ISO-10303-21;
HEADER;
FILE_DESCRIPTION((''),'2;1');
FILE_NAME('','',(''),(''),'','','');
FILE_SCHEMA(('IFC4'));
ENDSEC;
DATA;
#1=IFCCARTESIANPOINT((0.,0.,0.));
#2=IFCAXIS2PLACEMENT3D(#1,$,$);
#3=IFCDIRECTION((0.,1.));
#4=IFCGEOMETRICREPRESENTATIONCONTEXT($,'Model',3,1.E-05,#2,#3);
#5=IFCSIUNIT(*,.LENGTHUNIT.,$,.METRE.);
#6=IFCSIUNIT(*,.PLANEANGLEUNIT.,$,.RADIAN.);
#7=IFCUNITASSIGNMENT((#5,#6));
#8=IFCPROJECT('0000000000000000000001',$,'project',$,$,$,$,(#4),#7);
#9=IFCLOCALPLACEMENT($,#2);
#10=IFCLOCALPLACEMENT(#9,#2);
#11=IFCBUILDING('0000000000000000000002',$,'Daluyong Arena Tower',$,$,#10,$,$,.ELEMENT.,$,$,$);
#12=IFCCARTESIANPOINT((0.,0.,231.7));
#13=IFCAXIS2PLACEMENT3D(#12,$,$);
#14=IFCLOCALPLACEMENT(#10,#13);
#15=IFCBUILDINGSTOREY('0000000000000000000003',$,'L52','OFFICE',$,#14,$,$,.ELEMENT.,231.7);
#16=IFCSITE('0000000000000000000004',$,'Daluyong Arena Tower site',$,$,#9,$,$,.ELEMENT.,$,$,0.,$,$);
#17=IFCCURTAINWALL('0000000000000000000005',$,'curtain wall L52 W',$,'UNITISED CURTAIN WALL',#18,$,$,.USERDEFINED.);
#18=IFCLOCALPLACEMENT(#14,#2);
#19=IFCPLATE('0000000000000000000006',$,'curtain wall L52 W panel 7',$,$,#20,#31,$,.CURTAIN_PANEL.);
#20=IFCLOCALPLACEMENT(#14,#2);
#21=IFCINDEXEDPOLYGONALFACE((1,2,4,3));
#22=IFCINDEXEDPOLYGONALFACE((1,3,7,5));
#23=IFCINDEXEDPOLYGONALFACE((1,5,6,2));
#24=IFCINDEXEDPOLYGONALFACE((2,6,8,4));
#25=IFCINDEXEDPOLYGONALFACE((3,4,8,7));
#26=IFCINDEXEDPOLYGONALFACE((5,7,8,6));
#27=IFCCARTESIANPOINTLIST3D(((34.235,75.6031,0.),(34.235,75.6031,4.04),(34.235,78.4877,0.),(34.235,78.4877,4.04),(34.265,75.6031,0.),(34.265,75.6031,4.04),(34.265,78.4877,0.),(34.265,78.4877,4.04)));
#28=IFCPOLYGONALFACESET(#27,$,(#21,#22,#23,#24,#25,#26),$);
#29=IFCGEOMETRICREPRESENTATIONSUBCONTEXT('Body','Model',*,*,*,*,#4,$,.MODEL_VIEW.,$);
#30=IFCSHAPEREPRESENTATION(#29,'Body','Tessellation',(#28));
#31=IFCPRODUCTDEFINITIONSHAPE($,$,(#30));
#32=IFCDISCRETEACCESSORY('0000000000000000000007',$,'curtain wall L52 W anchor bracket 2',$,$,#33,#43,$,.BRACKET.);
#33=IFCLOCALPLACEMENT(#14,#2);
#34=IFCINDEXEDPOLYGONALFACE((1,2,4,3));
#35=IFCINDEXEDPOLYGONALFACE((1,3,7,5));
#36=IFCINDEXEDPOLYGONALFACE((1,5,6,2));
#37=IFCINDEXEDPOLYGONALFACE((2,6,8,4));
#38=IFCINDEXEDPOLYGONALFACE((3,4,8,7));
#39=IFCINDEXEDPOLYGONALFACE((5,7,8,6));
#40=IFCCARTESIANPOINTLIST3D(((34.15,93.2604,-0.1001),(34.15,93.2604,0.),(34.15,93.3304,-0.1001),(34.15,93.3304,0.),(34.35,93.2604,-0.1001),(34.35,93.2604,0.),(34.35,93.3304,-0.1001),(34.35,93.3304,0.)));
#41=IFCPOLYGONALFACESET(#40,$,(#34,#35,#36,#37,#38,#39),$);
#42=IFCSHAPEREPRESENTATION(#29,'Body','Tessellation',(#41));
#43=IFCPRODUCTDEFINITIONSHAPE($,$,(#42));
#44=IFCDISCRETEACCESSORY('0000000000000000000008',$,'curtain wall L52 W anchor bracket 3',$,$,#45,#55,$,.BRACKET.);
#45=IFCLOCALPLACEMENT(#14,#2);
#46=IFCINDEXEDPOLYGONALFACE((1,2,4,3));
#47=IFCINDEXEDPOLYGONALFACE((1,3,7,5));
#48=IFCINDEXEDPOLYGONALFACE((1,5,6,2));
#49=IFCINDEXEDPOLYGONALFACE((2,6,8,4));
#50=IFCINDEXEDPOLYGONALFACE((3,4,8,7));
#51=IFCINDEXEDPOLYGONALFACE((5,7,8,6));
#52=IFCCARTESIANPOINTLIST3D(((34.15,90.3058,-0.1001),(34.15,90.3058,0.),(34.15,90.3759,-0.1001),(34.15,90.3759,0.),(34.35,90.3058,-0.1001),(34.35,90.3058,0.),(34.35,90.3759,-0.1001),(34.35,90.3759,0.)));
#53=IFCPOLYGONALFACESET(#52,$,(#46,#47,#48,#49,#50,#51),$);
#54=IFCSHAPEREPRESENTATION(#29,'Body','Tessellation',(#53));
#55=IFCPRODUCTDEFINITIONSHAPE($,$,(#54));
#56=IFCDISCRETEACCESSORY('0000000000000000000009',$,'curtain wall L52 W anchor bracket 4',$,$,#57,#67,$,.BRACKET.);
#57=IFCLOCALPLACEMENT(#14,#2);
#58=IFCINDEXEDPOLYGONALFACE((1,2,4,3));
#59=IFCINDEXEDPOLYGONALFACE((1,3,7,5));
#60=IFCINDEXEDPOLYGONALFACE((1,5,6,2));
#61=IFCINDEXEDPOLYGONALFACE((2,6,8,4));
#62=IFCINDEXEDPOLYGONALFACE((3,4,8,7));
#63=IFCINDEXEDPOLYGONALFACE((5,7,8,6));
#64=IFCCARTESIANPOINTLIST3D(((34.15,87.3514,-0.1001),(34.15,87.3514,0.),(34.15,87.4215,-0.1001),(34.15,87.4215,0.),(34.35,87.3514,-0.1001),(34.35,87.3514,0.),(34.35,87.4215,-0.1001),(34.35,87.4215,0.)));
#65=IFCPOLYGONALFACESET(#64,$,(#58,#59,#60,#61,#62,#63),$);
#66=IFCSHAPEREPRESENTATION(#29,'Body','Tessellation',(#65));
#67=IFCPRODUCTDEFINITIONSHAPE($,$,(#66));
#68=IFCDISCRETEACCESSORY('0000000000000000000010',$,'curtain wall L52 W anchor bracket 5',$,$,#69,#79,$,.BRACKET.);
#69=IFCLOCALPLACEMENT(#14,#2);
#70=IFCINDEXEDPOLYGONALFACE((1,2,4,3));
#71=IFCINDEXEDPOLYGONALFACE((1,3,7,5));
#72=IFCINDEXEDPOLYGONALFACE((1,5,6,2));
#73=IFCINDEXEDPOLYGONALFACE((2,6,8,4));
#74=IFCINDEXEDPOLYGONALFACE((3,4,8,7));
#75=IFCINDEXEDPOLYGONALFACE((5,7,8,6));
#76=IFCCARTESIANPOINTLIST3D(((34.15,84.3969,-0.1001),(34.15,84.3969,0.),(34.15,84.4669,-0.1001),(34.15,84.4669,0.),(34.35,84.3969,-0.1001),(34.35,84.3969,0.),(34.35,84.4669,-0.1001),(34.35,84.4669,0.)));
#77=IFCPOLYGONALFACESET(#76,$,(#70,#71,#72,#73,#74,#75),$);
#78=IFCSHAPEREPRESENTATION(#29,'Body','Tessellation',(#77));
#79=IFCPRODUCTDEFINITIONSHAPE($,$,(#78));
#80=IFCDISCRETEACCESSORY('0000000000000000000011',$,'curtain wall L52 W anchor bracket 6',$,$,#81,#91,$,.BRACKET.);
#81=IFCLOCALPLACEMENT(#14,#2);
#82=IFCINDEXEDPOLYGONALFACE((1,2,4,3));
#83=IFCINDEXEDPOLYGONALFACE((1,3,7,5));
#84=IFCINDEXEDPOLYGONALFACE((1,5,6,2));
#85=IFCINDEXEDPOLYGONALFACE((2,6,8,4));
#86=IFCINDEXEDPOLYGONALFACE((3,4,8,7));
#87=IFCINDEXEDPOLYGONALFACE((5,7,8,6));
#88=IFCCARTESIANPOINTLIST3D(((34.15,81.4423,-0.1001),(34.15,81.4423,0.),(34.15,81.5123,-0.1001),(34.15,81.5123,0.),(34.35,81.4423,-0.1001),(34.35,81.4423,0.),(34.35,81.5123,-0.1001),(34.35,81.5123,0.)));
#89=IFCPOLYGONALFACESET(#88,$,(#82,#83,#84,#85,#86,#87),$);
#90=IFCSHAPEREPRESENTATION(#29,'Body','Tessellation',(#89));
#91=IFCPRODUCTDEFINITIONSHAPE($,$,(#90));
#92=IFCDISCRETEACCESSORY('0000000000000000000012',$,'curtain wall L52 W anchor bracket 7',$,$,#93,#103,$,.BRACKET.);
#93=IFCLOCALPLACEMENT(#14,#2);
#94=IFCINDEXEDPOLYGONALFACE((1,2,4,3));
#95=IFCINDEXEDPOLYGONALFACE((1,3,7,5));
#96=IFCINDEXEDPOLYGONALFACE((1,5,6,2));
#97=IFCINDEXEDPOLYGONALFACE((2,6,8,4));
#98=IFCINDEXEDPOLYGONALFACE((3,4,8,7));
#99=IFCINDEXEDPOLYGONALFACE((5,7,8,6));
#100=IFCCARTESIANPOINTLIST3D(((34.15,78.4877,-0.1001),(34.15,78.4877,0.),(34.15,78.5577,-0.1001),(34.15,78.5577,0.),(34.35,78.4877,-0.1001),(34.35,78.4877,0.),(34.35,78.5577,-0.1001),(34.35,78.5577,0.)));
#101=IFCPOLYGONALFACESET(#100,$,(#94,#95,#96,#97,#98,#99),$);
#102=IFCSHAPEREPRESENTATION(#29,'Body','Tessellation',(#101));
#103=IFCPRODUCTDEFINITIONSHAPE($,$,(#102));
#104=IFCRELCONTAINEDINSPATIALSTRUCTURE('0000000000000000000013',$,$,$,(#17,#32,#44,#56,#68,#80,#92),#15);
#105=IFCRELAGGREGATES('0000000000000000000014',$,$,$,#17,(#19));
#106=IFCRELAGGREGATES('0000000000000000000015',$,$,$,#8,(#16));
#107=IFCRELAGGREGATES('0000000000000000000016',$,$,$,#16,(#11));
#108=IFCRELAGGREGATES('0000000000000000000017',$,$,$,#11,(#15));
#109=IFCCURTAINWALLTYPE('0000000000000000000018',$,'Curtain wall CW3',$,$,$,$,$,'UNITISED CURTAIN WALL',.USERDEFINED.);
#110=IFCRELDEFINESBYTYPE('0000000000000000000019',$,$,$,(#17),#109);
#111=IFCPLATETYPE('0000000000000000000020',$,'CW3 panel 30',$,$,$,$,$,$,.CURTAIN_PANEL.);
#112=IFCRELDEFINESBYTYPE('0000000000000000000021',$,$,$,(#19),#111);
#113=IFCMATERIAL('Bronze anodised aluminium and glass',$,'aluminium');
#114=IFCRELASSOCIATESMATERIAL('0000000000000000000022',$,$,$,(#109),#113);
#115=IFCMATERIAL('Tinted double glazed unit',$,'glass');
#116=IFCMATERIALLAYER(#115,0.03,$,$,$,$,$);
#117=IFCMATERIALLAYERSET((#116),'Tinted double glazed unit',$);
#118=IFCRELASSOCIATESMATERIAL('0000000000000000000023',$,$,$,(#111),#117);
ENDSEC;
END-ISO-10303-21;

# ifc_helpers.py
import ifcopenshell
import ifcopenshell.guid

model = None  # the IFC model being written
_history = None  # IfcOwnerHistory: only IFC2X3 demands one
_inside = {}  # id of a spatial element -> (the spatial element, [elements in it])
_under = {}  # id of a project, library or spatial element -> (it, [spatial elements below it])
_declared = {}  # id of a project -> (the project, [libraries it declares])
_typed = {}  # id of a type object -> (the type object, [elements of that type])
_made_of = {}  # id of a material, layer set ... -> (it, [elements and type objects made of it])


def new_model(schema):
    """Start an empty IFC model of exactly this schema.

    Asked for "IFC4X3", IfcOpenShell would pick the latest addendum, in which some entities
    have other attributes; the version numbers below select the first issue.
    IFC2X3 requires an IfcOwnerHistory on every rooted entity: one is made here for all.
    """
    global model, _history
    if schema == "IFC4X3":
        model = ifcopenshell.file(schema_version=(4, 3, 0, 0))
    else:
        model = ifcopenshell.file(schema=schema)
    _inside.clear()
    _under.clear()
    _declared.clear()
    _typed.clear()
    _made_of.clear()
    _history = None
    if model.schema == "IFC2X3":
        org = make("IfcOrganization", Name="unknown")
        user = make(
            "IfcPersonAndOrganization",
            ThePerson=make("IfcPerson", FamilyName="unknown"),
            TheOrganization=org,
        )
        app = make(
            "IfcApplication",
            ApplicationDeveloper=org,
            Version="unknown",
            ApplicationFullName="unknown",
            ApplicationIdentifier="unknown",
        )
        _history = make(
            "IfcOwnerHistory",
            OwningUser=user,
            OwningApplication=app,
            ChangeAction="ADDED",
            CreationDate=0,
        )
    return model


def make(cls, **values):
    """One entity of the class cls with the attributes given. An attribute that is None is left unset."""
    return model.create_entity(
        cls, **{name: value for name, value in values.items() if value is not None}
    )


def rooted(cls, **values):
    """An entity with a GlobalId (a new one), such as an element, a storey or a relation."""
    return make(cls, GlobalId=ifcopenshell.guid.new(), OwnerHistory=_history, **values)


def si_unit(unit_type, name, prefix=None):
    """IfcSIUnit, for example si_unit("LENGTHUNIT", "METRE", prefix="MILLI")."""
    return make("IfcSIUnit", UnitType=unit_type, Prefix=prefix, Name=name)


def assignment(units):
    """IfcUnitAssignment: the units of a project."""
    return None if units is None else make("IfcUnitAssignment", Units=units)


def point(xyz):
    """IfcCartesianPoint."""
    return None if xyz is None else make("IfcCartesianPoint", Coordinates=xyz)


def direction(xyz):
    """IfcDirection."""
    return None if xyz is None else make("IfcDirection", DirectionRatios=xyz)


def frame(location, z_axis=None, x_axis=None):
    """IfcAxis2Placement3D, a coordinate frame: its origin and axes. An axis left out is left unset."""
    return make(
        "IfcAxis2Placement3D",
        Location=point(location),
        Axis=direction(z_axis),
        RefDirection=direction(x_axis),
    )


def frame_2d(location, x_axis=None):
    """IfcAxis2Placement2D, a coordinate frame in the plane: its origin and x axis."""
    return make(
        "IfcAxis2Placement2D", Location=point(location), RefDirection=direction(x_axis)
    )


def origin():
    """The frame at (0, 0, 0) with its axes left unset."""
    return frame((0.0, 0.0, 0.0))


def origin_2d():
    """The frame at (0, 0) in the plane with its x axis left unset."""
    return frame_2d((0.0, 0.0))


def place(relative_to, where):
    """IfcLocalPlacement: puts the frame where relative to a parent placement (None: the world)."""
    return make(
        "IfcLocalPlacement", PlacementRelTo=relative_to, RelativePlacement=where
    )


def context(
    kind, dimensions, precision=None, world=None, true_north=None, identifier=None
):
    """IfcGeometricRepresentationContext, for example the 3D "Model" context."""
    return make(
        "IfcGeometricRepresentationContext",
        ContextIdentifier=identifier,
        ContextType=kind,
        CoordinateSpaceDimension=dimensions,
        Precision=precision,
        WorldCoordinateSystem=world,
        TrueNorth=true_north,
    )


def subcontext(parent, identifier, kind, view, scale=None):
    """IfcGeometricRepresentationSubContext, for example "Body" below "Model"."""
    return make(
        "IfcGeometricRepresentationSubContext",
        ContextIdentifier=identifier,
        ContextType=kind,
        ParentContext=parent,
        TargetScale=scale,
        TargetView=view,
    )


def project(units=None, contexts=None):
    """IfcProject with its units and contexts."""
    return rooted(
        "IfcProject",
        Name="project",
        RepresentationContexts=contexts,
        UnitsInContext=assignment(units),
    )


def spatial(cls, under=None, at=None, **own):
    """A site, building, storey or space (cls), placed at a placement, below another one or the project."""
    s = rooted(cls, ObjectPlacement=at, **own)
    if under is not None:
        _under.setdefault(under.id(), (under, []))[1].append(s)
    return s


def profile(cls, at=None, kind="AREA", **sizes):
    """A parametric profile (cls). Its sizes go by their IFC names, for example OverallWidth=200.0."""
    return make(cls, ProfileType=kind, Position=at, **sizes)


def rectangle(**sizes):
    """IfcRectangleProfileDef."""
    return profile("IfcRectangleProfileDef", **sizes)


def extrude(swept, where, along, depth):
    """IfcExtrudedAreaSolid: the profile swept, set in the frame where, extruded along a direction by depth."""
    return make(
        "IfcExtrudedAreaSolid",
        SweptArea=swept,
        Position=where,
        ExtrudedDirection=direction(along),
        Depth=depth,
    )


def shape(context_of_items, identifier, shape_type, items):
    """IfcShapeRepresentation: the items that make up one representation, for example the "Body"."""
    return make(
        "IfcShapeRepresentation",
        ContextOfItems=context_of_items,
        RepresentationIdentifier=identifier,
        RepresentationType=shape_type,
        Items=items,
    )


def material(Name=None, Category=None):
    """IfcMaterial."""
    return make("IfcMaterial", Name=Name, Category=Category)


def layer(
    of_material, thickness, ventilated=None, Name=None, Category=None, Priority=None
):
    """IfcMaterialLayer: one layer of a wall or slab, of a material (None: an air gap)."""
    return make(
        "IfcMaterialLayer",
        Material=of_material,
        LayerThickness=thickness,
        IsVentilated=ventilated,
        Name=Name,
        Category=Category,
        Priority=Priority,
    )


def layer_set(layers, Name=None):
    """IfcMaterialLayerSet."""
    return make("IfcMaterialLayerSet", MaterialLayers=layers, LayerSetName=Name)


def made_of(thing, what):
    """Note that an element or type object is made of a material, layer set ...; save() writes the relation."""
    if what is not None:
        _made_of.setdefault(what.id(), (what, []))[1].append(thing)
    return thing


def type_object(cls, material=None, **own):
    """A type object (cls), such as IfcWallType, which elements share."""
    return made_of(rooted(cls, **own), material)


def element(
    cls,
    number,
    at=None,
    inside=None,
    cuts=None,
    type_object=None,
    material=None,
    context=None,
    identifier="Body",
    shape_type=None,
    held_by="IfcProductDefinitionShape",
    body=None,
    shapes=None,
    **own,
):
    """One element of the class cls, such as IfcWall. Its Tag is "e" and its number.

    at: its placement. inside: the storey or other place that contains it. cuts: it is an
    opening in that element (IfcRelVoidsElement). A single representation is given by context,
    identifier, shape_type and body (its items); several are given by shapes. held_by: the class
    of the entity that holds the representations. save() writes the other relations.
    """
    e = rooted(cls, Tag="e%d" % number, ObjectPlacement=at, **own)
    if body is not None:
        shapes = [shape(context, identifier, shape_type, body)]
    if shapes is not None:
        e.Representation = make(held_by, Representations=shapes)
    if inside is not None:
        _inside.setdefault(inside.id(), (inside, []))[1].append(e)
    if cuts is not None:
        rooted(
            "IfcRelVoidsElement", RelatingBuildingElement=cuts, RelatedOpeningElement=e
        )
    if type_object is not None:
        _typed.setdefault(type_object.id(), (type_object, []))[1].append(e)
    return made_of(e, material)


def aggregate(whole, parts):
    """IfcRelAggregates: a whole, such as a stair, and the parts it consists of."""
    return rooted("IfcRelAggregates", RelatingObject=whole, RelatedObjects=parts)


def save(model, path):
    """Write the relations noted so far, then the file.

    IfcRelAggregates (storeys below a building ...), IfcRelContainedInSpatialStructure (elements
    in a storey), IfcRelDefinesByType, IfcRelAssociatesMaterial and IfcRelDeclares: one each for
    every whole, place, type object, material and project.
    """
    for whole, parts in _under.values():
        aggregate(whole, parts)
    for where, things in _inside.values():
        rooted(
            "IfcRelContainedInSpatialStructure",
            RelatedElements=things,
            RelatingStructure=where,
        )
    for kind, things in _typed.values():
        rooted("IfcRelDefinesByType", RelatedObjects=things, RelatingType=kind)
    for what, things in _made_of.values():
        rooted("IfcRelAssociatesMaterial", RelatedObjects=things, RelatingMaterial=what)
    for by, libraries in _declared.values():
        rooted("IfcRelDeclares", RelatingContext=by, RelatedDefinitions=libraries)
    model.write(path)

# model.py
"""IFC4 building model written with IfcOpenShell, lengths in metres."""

from ifc_helpers import new_model, si_unit, direction, frame, origin, origin_2d, place, context, subcontext, project, spatial, rectangle, extrude, material, layer, layer_set, type_object, element, aggregate, save


model = new_model("IFC4")

# Units and contexts
model_context = context("Model", 3, precision=1e-05, world=origin(), true_north=direction((0.0, 1.0)))
body_context = subcontext(model_context, "Body", "Model", "MODEL_VIEW")
ifc_project = project(units=[si_unit("LENGTHUNIT", "METRE"), si_unit("PLANEANGLEUNIT", "RADIAN")], contexts=[model_context])

# Site, building, storey
site_placement = place(None, origin())
site = spatial("IfcSite", under=ifc_project, at=site_placement, Name="Daluyong Arena Tower site", CompositionType="ELEMENT", RefElevation=0.0)
building_placement = place(site_placement, origin())
building = spatial("IfcBuilding", under=site, at=building_placement, Name="Daluyong Arena Tower", CompositionType="ELEMENT")
storey_placement = place(building_placement, frame((0.0, 0.0, 231.7)))
storey = spatial("IfcBuildingStorey", under=building, at=storey_placement, Name="L52", Description="OFFICE", CompositionType="ELEMENT", Elevation=231.7)

# Curtain wall
ifc_material_1 = material(Name="Bronze anodised aluminium and glass", Category="aluminium")
curtain_wall_type = type_object("IfcCurtainWallType", Name="Curtain wall CW3", ElementType="UNITISED CURTAIN WALL", PredefinedType="USERDEFINED", material=ifc_material_1)
curtain_wall_placement = place(storey_placement, origin())
curtain_wall = element("IfcCurtainWall", 1, at=curtain_wall_placement, inside=storey, type_object=curtain_wall_type, Name="curtain wall L52 W", ObjectType="UNITISED CURTAIN WALL", PredefinedType="USERDEFINED")

# Plate
ifc_material_2 = material(Name="Tinted double glazed unit", Category="glass")
ifc_layer = layer(ifc_material_2, 0.03)
ifc_layer_set = layer_set([ifc_layer], Name="Tinted double glazed unit")
plate_type = type_object("IfcPlateType", Name="CW3 panel 30", PredefinedType="CURTAIN_PANEL", material=ifc_layer_set)
plate_1_placement = place(storey_placement, frame((34.25, 77.0454, 0.0), z_axis=(0.0, 0.0, 1.0), x_axis=(0.0, -1.0, 0.0)))
plate_1 = element("IfcPlate", 2, at=plate_1_placement, type_object=plate_type, Name="curtain wall L52 W panel 7", PredefinedType="CURTAIN_PANEL", context=body_context, shape_type="SweptSolid", body=[
    extrude(rectangle(XDim=2.8845, YDim=0.03, at=origin_2d()), origin(), (0.0, 0.0, 1.0), 4.04),
])
aggregate(curtain_wall, [plate_1])

# Discrete accessories
for number, where, z_axis, x_axis, name in (
    (3, (34.25, 93.2954, -0.1001), (0.0, 0.0, 1.0), (0.0, -1.0, 0.0), "curtain wall L52 W anchor bracket 2"),
    (4, (34.25, 90.3408, -0.1001), (0.0, 0.0, 1.0), (0.0, -1.0, 0.0), "curtain wall L52 W anchor bracket 3"),
    (5, (34.25, 87.3865, -0.1001), (0.0, 0.0, 1.0), (0.0, -1.0, 0.0), "curtain wall L52 W anchor bracket 4"),
    (6, (34.25, 84.4319, -0.1001), (0.0, 0.0, 1.0), (0.0, -1.0, 0.0), "curtain wall L52 W anchor bracket 5"),
    (7, (34.25, 81.4773, -0.1001), (0.0, 0.0, 1.0), (0.0, -1.0, 0.0), "curtain wall L52 W anchor bracket 6"),
    (8, (34.25, 78.5227, -0.1001), (0.0, 0.0, 1.0), (0.0, -1.0, 0.0), "curtain wall L52 W anchor bracket 7"),
):
    element("IfcDiscreteAccessory", number, at=place(storey_placement, frame(where, z_axis=z_axis, x_axis=x_axis)), inside=storey, Name=name, PredefinedType="BRACKET", context=body_context, shape_type="SweptSolid", body=[
        extrude(rectangle(XDim=0.0701, YDim=0.2, at=origin_2d()), origin(), (0.0, 0.0, 1.0), 0.1001),
    ])

save(model, "model.ifc")
